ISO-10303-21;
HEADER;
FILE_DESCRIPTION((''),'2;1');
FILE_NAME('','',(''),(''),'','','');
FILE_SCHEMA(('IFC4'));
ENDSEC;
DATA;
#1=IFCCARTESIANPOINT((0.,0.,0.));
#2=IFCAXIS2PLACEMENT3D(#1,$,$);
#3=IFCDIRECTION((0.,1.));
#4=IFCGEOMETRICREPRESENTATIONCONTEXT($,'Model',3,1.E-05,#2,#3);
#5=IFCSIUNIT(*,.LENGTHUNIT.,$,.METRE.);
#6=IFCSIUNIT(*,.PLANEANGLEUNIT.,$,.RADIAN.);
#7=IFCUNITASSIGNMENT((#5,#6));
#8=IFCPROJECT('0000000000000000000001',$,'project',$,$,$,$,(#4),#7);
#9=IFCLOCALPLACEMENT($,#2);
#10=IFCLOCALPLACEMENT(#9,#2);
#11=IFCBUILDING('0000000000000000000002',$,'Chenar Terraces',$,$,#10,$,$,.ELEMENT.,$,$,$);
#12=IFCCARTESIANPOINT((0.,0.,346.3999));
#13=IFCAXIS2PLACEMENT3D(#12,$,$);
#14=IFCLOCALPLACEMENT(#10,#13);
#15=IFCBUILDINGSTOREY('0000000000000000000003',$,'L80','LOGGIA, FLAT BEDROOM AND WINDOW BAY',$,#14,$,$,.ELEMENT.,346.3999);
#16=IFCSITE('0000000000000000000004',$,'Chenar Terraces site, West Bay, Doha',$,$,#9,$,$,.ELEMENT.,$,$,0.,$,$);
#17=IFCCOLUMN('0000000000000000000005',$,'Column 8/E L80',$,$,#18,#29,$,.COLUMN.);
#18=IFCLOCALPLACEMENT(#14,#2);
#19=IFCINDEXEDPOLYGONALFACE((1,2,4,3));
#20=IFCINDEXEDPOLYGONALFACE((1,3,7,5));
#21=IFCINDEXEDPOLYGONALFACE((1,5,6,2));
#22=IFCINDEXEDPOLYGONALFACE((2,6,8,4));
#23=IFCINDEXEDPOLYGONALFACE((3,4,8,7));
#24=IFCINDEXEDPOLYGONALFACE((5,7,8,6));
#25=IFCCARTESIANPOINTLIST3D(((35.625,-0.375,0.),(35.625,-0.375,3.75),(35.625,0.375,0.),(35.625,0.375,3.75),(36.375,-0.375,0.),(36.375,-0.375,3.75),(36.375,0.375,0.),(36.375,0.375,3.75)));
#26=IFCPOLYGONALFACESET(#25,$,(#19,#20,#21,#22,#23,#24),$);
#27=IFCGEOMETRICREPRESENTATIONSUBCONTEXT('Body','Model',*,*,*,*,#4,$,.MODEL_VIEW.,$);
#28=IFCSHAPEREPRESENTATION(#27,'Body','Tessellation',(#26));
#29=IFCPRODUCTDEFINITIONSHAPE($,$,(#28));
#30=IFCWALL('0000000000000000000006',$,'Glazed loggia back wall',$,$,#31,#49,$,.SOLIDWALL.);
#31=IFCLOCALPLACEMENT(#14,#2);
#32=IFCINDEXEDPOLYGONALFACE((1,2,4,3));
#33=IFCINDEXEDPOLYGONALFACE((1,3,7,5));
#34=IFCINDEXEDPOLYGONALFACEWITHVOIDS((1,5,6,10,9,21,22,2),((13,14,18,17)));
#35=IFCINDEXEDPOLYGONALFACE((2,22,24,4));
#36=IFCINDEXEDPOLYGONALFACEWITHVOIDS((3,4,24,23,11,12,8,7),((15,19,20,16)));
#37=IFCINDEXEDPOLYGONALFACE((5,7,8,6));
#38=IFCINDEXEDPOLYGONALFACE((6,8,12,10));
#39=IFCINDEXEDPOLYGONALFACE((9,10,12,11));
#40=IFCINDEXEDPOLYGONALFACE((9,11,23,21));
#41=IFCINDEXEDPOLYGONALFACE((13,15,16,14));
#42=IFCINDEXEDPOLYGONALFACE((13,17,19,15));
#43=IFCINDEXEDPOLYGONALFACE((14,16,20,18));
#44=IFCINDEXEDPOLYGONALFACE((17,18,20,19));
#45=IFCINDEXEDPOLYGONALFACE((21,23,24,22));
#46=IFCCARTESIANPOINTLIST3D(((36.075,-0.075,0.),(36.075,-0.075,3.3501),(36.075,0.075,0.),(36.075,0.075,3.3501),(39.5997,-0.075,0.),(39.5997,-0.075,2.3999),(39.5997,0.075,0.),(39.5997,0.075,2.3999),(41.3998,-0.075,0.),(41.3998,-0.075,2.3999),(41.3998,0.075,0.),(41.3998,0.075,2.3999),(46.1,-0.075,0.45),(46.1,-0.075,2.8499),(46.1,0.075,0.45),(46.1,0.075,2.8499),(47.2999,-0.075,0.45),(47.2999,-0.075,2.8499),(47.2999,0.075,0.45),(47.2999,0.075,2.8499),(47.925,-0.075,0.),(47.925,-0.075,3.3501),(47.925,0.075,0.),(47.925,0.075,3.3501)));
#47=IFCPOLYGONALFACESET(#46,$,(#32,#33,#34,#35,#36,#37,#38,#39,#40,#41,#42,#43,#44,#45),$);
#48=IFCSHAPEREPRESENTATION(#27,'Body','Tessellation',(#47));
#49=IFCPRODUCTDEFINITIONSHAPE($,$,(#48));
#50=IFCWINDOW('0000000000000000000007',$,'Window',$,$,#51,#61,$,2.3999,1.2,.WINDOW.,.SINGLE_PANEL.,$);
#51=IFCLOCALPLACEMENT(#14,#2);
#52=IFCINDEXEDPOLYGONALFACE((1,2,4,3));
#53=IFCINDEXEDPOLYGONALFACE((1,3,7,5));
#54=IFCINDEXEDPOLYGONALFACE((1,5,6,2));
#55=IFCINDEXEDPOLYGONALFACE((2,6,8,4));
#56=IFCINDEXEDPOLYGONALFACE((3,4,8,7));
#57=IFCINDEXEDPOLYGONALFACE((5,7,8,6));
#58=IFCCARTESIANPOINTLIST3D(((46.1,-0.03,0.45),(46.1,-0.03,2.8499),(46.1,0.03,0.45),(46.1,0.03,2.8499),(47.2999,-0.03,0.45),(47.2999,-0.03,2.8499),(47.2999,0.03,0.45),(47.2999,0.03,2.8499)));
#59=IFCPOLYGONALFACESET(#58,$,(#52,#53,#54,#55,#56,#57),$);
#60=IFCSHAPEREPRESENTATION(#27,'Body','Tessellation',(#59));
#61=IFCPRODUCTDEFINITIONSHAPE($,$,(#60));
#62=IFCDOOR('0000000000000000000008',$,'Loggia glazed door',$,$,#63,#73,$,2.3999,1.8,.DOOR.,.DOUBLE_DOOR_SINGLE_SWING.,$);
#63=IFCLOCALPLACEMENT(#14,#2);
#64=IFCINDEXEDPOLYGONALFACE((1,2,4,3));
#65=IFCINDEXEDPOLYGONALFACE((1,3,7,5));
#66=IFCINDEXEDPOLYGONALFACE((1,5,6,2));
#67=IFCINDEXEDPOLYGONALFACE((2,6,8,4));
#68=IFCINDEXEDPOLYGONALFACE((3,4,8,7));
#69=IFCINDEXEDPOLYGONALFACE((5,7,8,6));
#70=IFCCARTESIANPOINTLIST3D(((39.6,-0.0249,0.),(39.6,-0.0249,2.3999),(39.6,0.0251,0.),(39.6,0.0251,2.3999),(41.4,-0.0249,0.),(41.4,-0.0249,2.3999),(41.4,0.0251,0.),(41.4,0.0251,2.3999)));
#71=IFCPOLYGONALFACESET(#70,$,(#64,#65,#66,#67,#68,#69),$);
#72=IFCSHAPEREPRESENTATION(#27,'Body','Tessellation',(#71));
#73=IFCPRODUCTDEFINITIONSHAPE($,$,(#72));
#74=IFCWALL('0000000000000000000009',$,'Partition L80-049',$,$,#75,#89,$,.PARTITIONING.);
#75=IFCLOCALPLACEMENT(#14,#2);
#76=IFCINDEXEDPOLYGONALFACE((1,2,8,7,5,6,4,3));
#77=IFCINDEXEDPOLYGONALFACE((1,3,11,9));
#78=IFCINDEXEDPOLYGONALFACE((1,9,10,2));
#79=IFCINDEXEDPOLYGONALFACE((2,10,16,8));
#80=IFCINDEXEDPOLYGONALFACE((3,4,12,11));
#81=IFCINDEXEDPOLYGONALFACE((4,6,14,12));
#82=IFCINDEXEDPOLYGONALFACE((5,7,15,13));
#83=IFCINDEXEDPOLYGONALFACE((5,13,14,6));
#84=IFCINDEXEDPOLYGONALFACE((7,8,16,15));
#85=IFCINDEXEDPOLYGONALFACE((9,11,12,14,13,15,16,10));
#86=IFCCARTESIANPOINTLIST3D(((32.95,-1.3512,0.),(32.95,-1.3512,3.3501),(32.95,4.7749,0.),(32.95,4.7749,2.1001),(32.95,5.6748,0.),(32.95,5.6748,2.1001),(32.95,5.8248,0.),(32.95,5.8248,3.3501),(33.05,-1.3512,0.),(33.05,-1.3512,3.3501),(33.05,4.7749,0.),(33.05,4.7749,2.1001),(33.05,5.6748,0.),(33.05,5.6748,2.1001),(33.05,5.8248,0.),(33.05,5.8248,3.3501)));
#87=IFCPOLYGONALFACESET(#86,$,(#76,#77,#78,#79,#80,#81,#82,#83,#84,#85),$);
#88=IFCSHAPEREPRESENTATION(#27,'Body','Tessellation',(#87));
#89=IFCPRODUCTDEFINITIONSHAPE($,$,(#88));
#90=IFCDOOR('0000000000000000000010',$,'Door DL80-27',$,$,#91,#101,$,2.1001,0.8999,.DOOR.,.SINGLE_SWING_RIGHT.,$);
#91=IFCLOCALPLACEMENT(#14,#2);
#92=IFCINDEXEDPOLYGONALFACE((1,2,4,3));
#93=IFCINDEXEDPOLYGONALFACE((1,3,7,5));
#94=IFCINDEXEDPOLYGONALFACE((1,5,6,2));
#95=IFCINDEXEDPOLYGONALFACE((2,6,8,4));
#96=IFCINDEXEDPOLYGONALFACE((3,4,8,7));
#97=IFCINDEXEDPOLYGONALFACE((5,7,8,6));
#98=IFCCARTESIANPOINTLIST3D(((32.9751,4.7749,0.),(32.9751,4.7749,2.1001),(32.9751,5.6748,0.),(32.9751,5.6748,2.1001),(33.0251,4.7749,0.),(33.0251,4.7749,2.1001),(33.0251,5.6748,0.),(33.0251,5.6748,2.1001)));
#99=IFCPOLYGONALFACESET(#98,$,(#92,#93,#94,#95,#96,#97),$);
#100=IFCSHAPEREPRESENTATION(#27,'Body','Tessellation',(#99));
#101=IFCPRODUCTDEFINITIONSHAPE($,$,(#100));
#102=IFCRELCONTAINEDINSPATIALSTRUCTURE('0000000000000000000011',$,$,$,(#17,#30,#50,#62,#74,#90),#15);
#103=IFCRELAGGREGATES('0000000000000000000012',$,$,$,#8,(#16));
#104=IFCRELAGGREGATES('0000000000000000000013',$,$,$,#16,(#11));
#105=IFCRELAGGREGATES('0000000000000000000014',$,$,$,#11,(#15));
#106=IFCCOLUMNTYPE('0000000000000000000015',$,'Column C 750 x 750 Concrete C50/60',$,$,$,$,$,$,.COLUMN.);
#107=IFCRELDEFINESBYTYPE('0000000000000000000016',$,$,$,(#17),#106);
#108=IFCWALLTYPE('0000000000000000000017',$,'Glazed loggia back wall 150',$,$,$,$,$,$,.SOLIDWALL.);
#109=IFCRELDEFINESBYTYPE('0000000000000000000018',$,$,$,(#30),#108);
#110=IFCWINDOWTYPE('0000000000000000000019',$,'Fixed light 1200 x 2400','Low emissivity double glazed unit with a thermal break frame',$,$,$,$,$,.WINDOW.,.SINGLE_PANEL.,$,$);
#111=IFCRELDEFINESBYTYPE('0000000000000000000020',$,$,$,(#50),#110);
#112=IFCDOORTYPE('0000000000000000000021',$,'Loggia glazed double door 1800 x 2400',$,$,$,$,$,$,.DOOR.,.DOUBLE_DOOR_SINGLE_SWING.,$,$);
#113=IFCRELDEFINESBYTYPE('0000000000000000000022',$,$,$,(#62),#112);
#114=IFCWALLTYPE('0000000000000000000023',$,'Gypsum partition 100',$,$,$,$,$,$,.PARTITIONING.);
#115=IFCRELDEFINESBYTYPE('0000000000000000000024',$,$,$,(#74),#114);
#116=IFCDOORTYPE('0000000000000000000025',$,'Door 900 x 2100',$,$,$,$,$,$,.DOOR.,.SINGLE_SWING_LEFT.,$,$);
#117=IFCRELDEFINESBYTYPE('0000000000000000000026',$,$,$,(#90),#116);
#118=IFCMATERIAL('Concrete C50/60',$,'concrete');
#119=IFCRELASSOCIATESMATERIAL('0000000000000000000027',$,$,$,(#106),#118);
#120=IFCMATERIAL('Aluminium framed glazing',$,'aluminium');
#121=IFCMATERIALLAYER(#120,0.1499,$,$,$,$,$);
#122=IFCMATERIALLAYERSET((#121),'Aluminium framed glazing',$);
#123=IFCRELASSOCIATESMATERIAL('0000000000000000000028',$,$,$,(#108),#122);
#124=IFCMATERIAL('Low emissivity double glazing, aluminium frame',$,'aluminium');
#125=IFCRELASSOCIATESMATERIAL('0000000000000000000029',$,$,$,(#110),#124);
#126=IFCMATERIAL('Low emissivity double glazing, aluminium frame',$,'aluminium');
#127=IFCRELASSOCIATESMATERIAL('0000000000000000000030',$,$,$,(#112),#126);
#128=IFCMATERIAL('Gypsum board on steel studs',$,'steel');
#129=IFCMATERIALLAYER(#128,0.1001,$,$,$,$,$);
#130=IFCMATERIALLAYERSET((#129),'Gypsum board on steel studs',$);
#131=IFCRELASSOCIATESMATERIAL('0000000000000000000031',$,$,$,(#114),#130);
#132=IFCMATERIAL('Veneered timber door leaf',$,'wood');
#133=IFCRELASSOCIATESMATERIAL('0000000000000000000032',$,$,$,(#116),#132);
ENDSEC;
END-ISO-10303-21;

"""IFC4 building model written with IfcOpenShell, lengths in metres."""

from ifc_helpers import new_model, si_unit, direction, frame, frame_2d, origin, origin_2d, place, context, subcontext, project, spatial, rectangle, extrude, material, layer, layer_set, material_profile, profile_set, type_object, element, fill, save


model = new_model("IFC4")

# Units and contexts
model_context = context("Model", 3, precision=1e-05, world=origin(), true_north=direction((0.0, 1.0)))
body_context = subcontext(model_context, "Body", "Model", "MODEL_VIEW")
ifc_project = project(units=[si_unit("LENGTHUNIT", "METRE"), si_unit("PLANEANGLEUNIT", "RADIAN")], contexts=[model_context])

# Site, building, storey
site_placement = place(None, origin())
site = spatial("IfcSite", under=ifc_project, at=site_placement, Name="Chenar Terraces site, West Bay, Doha", CompositionType="ELEMENT", RefElevation=0.0)
building_placement = place(site_placement, origin())
building = spatial("IfcBuilding", under=site, at=building_placement, Name="Chenar Terraces", CompositionType="ELEMENT")
storey_placement = place(building_placement, frame((0.0, 0.0, 346.3999)))
storey = spatial("IfcBuildingStorey", under=building, at=storey_placement, Name="L80", Description="LOGGIA, FLAT BEDROOM AND WINDOW BAY", CompositionType="ELEMENT", Elevation=346.3999)

# Column
ifc_material_1 = material(Name="Concrete C50/60", Category="concrete")
ifc_material_profile_1 = material_profile(ifc_material_1, rectangle(XDim=0.75, YDim=0.75, at=origin_2d()), Name="C 750 x 750")
ifc_profile_set_1 = profile_set([ifc_material_profile_1], Name="Concrete C50/60")
column_type = type_object("IfcColumnType", Name="Column C 750 x 750 Concrete C50/60", PredefinedType="COLUMN", material=ifc_profile_set_1)
column_placement = place(storey_placement, frame((36.0, 0.0, 0.0), z_axis=(0.0, 0.0, 1.0), x_axis=(1.0, 0.0, 0.0)))
element("IfcColumn", 1, at=column_placement, inside=storey, type_object=column_type, Name="Column 8/E L80", PredefinedType="COLUMN", context=body_context, shape_type="SweptSolid", body=[
    extrude(rectangle(XDim=0.75, YDim=0.75, at=origin_2d()), origin(), (0.0, 0.0, 1.0), 3.75),
])

# Wall, openings, window, door
ifc_material_2 = material(Name="Aluminium framed glazing", Category="aluminium")
ifc_layer_1 = layer(ifc_material_2, 0.1499)
ifc_layer_set_1 = layer_set([ifc_layer_1], Name="Aluminium framed glazing")
wall_type_1 = type_object("IfcWallType", Name="Glazed loggia back wall 150", PredefinedType="SOLIDWALL", material=ifc_layer_set_1)
wall_1_placement = place(storey_placement, frame((36.075, 0.0, 0.0), z_axis=(0.0, 0.0, 1.0), x_axis=(1.0, 0.0, 0.0)))
wall_1 = element("IfcWall", 2, at=wall_1_placement, inside=storey, type_object=wall_type_1, Name="Glazed loggia back wall", PredefinedType="SOLIDWALL", context=body_context, shape_type="SweptSolid", body=[
    extrude(rectangle(XDim=11.8501, YDim=0.1499, at=frame_2d((5.925, 0.0))), origin(), (0.0, 0.0, 1.0), 3.3501),
])
opening_1_placement = place(wall_1_placement, frame((3.5249, 0.0, 0.0)))
opening_1 = element("IfcOpeningElement", 3, at=opening_1_placement, cuts=wall_1, PredefinedType="OPENING", context=body_context, shape_type="SweptSolid", body=[
    extrude(rectangle(XDim=1.8, YDim=2.3999, at=frame_2d((0.8999, 1.2))), frame((0.0, 0.085, 0.0), z_axis=(0.0, -1.0, 0.0), x_axis=(1.0, 0.0, 0.0)), (0.0, 0.0, 1.0), 0.1699),
])
opening_2_placement = place(wall_1_placement, frame((10.0249, 0.0, 0.45)))
opening_2 = element("IfcOpeningElement", 4, at=opening_2_placement, cuts=wall_1, PredefinedType="OPENING", context=body_context, shape_type="SweptSolid", body=[
    extrude(rectangle(XDim=1.2, YDim=2.3999, at=frame_2d((0.6001, 1.2))), frame((0.0, 0.085, 0.0), z_axis=(0.0, -1.0, 0.0), x_axis=(1.0, 0.0, 0.0)), (0.0, 0.0, 1.0), 0.1699),
])
ifc_material_3 = material(Name="Low emissivity double glazing, aluminium frame", Category="aluminium")
window_type = type_object("IfcWindowType", Name="Fixed light 1200 x 2400", Description="Low emissivity double glazed unit with a thermal break frame", PartitioningType="SINGLE_PANEL", PredefinedType="WINDOW", material=ifc_material_3)
window_placement = place(opening_2_placement, origin())
window = element("IfcWindow", 5, at=window_placement, inside=storey, type_object=window_type, Name="Window", OverallHeight=2.3999, OverallWidth=1.2, PartitioningType="SINGLE_PANEL", PredefinedType="WINDOW", context=body_context, shape_type="SweptSolid", body=[
    extrude(rectangle(XDim=1.2, YDim=2.3999, at=frame_2d((0.6001, 1.2))), frame((0.0, 0.03, 0.0), z_axis=(0.0, -1.0, 0.0), x_axis=(1.0, 0.0, 0.0)), (0.0, 0.0, 1.0), 0.0601),
])
fill(opening_2, window)
ifc_material_4 = material(Name="Low emissivity double glazing, aluminium frame", Category="aluminium")
door_type_1 = type_object("IfcDoorType", Name="Loggia glazed double door 1800 x 2400", OperationType="DOUBLE_DOOR_SINGLE_SWING", PredefinedType="DOOR", material=ifc_material_4)
door_1_placement = place(opening_1_placement, frame((1.8, 0.0, 0.0), z_axis=(0.0, 0.0, 1.0), x_axis=(-1.0, 0.0, 0.0)))
door_1 = element("IfcDoor", 6, at=door_1_placement, inside=storey, type_object=door_type_1, Name="Loggia glazed door", OperationType="DOUBLE_DOOR_SINGLE_SWING", OverallHeight=2.3999, OverallWidth=1.8, PredefinedType="DOOR", context=body_context, shape_type="SweptSolid", body=[
    extrude(rectangle(XDim=1.8, YDim=2.3999, at=frame_2d((0.8999, 1.2))), frame((0.0, 0.0249, 0.0), z_axis=(0.0, -1.0, 0.0), x_axis=(1.0, 0.0, 0.0)), (0.0, 0.0, 1.0), 0.05),
])
fill(opening_1, door_1)

# Wall, opening, door
ifc_material_5 = material(Name="Gypsum board on steel studs", Category="steel")
ifc_layer_2 = layer(ifc_material_5, 0.1001)
ifc_layer_set_2 = layer_set([ifc_layer_2], Name="Gypsum board on steel studs")
wall_type_2 = type_object("IfcWallType", Name="Gypsum partition 100", PredefinedType="PARTITIONING", material=ifc_layer_set_2)
wall_2_placement = place(storey_placement, frame((33.0, -1.3511, 0.0), z_axis=(0.0, 0.0, 1.0), x_axis=(0.0, 1.0, 0.0)))
wall_2 = element("IfcWall", 7, at=wall_2_placement, inside=storey, type_object=wall_type_2, Name="Partition L80-049", PredefinedType="PARTITIONING", context=body_context, shape_type="SweptSolid", body=[
    extrude(rectangle(XDim=7.176, YDim=0.1001, at=frame_2d((3.5879, 0.0))), origin(), (0.0, 0.0, 1.0), 3.3501),
])
opening_3_placement = place(wall_2_placement, frame((6.126, 0.0, 0.0)))
opening_3 = element("IfcOpeningElement", 8, at=opening_3_placement, cuts=wall_2, PredefinedType="OPENING", context=body_context, shape_type="SweptSolid", body=[
    extrude(rectangle(XDim=0.8999, YDim=2.1001, at=frame_2d((0.45, 1.05))), frame((0.0, 0.0601, 0.0), z_axis=(0.0, -1.0, 0.0), x_axis=(1.0, 0.0, 0.0)), (0.0, 0.0, 1.0), 0.1201),
])
ifc_material_6 = material(Name="Veneered timber door leaf", Category="wood")
door_type_2 = type_object("IfcDoorType", Name="Door 900 x 2100", OperationType="SINGLE_SWING_LEFT", PredefinedType="DOOR", material=ifc_material_6)
door_2_placement = place(opening_3_placement, origin())
door_2 = element("IfcDoor", 9, at=door_2_placement, inside=storey, type_object=door_type_2, Name="Door DL80-27", OperationType="SINGLE_SWING_RIGHT", OverallHeight=2.1001, OverallWidth=0.8999, PredefinedType="DOOR", context=body_context, shape_type="SweptSolid", body=[
    extrude(rectangle(XDim=0.8999, YDim=2.1001, at=frame_2d((0.45, 1.05))), frame((0.0, 0.0249, 0.0), z_axis=(0.0, -1.0, 0.0), x_axis=(1.0, 0.0, 0.0)), (0.0, 0.0, 1.0), 0.05),
])
fill(opening_3, door_2)

save(model, "model.ifc")
